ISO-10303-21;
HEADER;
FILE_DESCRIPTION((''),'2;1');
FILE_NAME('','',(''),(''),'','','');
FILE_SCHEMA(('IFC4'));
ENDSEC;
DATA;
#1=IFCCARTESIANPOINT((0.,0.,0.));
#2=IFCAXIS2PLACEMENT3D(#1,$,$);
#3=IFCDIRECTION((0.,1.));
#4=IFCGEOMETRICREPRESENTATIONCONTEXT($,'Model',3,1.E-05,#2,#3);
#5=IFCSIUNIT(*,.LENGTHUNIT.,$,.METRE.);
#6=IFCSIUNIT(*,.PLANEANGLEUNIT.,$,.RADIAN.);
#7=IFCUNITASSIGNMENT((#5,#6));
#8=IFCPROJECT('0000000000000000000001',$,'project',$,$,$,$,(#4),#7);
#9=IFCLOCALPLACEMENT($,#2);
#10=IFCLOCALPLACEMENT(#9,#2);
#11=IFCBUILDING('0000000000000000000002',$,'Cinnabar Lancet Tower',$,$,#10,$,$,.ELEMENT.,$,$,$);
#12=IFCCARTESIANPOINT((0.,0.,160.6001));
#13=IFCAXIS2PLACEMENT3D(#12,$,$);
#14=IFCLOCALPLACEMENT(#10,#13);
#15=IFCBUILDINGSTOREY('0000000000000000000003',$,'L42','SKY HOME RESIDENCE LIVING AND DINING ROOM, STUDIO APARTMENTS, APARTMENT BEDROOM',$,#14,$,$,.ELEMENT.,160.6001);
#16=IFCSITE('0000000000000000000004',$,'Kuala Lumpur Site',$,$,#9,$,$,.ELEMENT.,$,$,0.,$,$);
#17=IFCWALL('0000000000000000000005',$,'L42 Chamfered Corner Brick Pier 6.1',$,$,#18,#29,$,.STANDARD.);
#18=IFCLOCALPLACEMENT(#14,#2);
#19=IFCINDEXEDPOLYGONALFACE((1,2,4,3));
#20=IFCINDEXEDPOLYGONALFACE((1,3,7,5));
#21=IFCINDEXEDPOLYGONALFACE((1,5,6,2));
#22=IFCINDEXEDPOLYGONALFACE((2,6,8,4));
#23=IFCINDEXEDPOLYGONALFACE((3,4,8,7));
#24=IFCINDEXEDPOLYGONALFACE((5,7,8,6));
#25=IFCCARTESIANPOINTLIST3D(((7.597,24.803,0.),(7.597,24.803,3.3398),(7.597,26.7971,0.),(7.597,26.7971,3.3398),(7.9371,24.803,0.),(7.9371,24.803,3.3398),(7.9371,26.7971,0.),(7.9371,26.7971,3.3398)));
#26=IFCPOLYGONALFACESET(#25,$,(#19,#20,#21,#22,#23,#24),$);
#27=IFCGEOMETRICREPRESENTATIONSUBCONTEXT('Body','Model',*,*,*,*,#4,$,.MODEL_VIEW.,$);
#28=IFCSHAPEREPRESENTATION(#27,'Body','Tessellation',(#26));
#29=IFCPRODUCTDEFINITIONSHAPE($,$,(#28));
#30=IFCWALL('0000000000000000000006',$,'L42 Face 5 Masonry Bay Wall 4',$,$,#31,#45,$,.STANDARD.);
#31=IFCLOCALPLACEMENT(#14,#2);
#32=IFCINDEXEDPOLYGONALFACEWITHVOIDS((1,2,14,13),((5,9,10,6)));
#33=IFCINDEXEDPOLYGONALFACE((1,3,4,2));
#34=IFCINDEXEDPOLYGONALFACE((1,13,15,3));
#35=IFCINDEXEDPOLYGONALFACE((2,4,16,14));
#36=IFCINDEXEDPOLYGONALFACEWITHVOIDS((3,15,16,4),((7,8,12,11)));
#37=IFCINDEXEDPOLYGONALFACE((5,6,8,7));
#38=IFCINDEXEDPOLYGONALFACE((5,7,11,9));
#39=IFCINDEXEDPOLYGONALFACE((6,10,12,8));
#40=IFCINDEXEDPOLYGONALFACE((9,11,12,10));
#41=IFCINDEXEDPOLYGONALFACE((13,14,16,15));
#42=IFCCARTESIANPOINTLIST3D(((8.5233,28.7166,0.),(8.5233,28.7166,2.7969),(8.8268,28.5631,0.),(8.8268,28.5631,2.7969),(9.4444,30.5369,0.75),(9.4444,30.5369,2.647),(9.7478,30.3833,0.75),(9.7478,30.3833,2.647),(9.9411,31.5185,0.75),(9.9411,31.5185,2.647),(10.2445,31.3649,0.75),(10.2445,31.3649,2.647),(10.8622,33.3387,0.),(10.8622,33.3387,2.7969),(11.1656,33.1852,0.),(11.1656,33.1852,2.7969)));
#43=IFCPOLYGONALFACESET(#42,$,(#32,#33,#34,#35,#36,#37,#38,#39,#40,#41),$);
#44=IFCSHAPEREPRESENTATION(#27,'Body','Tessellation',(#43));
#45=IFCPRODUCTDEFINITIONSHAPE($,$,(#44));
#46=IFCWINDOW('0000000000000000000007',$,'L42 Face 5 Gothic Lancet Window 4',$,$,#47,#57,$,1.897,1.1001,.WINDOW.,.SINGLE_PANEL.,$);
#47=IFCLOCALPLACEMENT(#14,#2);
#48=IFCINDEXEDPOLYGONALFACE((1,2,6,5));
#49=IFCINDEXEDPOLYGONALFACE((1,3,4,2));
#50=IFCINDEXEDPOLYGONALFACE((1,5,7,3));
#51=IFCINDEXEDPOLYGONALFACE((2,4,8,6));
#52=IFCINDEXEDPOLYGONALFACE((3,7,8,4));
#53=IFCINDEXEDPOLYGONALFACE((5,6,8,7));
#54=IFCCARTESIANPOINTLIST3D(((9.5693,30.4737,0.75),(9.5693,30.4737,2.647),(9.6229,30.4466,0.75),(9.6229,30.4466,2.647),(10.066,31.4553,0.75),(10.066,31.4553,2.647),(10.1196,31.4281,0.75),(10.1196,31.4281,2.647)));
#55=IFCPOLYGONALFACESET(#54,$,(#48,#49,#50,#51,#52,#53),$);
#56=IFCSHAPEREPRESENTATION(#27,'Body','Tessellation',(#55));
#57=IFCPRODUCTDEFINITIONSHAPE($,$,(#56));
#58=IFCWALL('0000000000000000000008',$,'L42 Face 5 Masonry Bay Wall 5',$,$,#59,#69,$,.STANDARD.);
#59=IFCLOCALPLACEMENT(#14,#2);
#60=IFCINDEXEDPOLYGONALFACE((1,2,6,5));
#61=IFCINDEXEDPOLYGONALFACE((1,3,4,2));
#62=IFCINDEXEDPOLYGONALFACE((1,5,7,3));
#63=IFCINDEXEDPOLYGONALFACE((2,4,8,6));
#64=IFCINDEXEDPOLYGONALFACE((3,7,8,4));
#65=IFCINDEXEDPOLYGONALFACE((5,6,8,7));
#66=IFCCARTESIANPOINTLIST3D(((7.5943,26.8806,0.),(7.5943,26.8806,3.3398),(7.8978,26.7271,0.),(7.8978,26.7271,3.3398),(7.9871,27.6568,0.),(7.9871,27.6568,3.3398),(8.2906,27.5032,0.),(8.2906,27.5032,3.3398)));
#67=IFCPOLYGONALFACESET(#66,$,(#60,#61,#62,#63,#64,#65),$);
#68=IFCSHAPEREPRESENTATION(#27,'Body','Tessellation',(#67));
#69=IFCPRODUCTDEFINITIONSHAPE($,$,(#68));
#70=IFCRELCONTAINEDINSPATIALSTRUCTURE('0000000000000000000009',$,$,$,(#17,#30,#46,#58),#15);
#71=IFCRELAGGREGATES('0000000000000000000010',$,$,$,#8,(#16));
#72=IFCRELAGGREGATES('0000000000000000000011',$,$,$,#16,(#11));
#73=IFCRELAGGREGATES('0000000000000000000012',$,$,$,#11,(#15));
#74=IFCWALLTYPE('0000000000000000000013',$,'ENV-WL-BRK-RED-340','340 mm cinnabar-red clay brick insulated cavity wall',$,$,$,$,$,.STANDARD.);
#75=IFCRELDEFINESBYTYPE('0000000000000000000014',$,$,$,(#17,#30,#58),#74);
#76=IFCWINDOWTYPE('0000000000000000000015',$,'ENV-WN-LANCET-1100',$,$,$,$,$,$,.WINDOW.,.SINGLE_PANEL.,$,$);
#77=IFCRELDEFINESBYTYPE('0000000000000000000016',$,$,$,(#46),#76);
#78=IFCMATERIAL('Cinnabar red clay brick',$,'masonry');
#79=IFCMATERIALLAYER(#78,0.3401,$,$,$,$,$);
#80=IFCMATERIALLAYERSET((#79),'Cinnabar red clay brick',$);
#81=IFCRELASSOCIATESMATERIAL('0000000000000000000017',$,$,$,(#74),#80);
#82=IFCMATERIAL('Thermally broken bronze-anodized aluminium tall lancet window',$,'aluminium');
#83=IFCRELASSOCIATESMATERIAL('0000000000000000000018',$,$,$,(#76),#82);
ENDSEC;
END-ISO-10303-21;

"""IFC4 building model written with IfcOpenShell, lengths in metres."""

from ifc_helpers import new_model, si_unit, direction, frame, frame_2d, origin, place, context, subcontext, project, spatial, rectangle, extrude, material, layer, layer_set, type_object, element, fill, save


model = new_model("IFC4")

# Units and contexts
model_context = context("Model", 3, precision=1e-05, world=origin(), true_north=direction((0.0, 1.0)))
body_context = subcontext(model_context, "Body", "Model", "MODEL_VIEW")
ifc_project = project(units=[si_unit("LENGTHUNIT", "METRE"), si_unit("PLANEANGLEUNIT", "RADIAN")], contexts=[model_context])

# Site, building, storey
site_placement = place(None, origin())
site = spatial("IfcSite", under=ifc_project, at=site_placement, Name="Kuala Lumpur Site", CompositionType="ELEMENT", RefElevation=0.0)
building_placement = place(site_placement, origin())
building = spatial("IfcBuilding", under=site, at=building_placement, Name="Cinnabar Lancet Tower", CompositionType="ELEMENT")
storey_placement = place(building_placement, frame((0.0, 0.0, 160.6001)))
storey = spatial("IfcBuildingStorey", under=building, at=storey_placement, Name="L42", Description="SKY HOME RESIDENCE LIVING AND DINING ROOM, STUDIO APARTMENTS, APARTMENT BEDROOM", CompositionType="ELEMENT", Elevation=160.6001)

# Wall
ifc_material_1 = material(Name="Cinnabar red clay brick", Category="masonry")
ifc_layer_1 = layer(ifc_material_1, 0.3401)
ifc_layer_set_1 = layer_set([ifc_layer_1], Name="Cinnabar red clay brick")
wall_type_1 = type_object("IfcWallType", Name="ENV-WL-BRK-RED-340", Description="340 mm cinnabar-red clay brick insulated cavity wall", PredefinedType="STANDARD", material=ifc_layer_set_1)
wall_1_placement = place(storey_placement, frame((7.7671, 26.7971, 0.0), z_axis=(0.0, 0.0, 1.0), x_axis=(0.0, -1.0, 0.0)))
element("IfcWall", 1, at=wall_1_placement, inside=storey, type_object=wall_type_1, Name="L42 Chamfered Corner Brick Pier 6.1", PredefinedType="STANDARD", context=body_context, shape_type="SweptSolid", body=[
    extrude(rectangle(XDim=1.9941, YDim=0.3401, at=frame_2d((0.9971, 0.0))), origin(), (0.0, 0.0, 1.0), 3.3398),
])

# Wall, opening, window
wall_2_placement = place(storey_placement, frame((11.0139, 33.262, 0.0), z_axis=(0.0, 0.0, 1.0), x_axis=(-0.451507, -0.892268, 0.0)))
wall_2 = element("IfcWall", 2, at=wall_2_placement, inside=storey, type_object=wall_type_1, Name="L42 Face 5 Masonry Bay Wall 4", PredefinedType="STANDARD", context=body_context, shape_type="SweptSolid", body=[
    extrude(rectangle(XDim=5.1802, YDim=0.3401, at=frame_2d((2.5901, 0.0))), origin(), (0.0, 0.0, 1.0), 2.7969),
])
opening_placement = place(wall_2_placement, frame((2.04, 0.0, 0.75)))
opening = element("IfcOpeningElement", 3, at=opening_placement, cuts=wall_2, PredefinedType="OPENING", context=body_context, shape_type="SweptSolid", body=[
    extrude(rectangle(XDim=1.1001, YDim=1.897, at=frame_2d((0.55, 0.9485))), frame((0.0, 0.1799, 0.0), z_axis=(0.0, -1.0, 0.0), x_axis=(1.0, 0.0, 0.0)), (0.0, 0.0, 1.0), 0.3601),
])
ifc_material_2 = material(Name="Thermally broken bronze-anodized aluminium tall lancet window", Category="aluminium")
window_type = type_object("IfcWindowType", Name="ENV-WN-LANCET-1100", PartitioningType="SINGLE_PANEL", PredefinedType="WINDOW", material=ifc_material_2)
window_placement = place(opening_placement, origin())
window = element("IfcWindow", 4, at=window_placement, inside=storey, type_object=window_type, Name="L42 Face 5 Gothic Lancet Window 4", OverallHeight=1.897, OverallWidth=1.1001, PartitioningType="SINGLE_PANEL", PredefinedType="WINDOW", context=body_context, shape_type="SweptSolid", body=[
    extrude(rectangle(XDim=1.1001, YDim=1.897, at=frame_2d((0.55, 0.9485))), frame((0.0, 0.03, 0.0), z_axis=(0.0, -1.0, 0.0), x_axis=(1.0, 0.0, 0.0)), (0.0, 0.0, 1.0), 0.0601),
])
fill(opening, window)

# Wall
wall_3_placement = place(storey_placement, frame((8.1389, 27.5801, 0.0), z_axis=(0.0, 0.0, 1.0), x_axis=(-0.451587, -0.892227, 0.0)))
element("IfcWall", 5, at=wall_3_placement, inside=storey, type_object=wall_type_1, Name="L42 Face 5 Masonry Bay Wall 5", PredefinedType="STANDARD", context=body_context, shape_type="SweptSolid", body=[
    extrude(rectangle(XDim=0.8699, YDim=0.3401, at=frame_2d((0.4351, 0.0))), origin(), (0.0, 0.0, 1.0), 3.3398),
])

save(model, "model.ifc")
